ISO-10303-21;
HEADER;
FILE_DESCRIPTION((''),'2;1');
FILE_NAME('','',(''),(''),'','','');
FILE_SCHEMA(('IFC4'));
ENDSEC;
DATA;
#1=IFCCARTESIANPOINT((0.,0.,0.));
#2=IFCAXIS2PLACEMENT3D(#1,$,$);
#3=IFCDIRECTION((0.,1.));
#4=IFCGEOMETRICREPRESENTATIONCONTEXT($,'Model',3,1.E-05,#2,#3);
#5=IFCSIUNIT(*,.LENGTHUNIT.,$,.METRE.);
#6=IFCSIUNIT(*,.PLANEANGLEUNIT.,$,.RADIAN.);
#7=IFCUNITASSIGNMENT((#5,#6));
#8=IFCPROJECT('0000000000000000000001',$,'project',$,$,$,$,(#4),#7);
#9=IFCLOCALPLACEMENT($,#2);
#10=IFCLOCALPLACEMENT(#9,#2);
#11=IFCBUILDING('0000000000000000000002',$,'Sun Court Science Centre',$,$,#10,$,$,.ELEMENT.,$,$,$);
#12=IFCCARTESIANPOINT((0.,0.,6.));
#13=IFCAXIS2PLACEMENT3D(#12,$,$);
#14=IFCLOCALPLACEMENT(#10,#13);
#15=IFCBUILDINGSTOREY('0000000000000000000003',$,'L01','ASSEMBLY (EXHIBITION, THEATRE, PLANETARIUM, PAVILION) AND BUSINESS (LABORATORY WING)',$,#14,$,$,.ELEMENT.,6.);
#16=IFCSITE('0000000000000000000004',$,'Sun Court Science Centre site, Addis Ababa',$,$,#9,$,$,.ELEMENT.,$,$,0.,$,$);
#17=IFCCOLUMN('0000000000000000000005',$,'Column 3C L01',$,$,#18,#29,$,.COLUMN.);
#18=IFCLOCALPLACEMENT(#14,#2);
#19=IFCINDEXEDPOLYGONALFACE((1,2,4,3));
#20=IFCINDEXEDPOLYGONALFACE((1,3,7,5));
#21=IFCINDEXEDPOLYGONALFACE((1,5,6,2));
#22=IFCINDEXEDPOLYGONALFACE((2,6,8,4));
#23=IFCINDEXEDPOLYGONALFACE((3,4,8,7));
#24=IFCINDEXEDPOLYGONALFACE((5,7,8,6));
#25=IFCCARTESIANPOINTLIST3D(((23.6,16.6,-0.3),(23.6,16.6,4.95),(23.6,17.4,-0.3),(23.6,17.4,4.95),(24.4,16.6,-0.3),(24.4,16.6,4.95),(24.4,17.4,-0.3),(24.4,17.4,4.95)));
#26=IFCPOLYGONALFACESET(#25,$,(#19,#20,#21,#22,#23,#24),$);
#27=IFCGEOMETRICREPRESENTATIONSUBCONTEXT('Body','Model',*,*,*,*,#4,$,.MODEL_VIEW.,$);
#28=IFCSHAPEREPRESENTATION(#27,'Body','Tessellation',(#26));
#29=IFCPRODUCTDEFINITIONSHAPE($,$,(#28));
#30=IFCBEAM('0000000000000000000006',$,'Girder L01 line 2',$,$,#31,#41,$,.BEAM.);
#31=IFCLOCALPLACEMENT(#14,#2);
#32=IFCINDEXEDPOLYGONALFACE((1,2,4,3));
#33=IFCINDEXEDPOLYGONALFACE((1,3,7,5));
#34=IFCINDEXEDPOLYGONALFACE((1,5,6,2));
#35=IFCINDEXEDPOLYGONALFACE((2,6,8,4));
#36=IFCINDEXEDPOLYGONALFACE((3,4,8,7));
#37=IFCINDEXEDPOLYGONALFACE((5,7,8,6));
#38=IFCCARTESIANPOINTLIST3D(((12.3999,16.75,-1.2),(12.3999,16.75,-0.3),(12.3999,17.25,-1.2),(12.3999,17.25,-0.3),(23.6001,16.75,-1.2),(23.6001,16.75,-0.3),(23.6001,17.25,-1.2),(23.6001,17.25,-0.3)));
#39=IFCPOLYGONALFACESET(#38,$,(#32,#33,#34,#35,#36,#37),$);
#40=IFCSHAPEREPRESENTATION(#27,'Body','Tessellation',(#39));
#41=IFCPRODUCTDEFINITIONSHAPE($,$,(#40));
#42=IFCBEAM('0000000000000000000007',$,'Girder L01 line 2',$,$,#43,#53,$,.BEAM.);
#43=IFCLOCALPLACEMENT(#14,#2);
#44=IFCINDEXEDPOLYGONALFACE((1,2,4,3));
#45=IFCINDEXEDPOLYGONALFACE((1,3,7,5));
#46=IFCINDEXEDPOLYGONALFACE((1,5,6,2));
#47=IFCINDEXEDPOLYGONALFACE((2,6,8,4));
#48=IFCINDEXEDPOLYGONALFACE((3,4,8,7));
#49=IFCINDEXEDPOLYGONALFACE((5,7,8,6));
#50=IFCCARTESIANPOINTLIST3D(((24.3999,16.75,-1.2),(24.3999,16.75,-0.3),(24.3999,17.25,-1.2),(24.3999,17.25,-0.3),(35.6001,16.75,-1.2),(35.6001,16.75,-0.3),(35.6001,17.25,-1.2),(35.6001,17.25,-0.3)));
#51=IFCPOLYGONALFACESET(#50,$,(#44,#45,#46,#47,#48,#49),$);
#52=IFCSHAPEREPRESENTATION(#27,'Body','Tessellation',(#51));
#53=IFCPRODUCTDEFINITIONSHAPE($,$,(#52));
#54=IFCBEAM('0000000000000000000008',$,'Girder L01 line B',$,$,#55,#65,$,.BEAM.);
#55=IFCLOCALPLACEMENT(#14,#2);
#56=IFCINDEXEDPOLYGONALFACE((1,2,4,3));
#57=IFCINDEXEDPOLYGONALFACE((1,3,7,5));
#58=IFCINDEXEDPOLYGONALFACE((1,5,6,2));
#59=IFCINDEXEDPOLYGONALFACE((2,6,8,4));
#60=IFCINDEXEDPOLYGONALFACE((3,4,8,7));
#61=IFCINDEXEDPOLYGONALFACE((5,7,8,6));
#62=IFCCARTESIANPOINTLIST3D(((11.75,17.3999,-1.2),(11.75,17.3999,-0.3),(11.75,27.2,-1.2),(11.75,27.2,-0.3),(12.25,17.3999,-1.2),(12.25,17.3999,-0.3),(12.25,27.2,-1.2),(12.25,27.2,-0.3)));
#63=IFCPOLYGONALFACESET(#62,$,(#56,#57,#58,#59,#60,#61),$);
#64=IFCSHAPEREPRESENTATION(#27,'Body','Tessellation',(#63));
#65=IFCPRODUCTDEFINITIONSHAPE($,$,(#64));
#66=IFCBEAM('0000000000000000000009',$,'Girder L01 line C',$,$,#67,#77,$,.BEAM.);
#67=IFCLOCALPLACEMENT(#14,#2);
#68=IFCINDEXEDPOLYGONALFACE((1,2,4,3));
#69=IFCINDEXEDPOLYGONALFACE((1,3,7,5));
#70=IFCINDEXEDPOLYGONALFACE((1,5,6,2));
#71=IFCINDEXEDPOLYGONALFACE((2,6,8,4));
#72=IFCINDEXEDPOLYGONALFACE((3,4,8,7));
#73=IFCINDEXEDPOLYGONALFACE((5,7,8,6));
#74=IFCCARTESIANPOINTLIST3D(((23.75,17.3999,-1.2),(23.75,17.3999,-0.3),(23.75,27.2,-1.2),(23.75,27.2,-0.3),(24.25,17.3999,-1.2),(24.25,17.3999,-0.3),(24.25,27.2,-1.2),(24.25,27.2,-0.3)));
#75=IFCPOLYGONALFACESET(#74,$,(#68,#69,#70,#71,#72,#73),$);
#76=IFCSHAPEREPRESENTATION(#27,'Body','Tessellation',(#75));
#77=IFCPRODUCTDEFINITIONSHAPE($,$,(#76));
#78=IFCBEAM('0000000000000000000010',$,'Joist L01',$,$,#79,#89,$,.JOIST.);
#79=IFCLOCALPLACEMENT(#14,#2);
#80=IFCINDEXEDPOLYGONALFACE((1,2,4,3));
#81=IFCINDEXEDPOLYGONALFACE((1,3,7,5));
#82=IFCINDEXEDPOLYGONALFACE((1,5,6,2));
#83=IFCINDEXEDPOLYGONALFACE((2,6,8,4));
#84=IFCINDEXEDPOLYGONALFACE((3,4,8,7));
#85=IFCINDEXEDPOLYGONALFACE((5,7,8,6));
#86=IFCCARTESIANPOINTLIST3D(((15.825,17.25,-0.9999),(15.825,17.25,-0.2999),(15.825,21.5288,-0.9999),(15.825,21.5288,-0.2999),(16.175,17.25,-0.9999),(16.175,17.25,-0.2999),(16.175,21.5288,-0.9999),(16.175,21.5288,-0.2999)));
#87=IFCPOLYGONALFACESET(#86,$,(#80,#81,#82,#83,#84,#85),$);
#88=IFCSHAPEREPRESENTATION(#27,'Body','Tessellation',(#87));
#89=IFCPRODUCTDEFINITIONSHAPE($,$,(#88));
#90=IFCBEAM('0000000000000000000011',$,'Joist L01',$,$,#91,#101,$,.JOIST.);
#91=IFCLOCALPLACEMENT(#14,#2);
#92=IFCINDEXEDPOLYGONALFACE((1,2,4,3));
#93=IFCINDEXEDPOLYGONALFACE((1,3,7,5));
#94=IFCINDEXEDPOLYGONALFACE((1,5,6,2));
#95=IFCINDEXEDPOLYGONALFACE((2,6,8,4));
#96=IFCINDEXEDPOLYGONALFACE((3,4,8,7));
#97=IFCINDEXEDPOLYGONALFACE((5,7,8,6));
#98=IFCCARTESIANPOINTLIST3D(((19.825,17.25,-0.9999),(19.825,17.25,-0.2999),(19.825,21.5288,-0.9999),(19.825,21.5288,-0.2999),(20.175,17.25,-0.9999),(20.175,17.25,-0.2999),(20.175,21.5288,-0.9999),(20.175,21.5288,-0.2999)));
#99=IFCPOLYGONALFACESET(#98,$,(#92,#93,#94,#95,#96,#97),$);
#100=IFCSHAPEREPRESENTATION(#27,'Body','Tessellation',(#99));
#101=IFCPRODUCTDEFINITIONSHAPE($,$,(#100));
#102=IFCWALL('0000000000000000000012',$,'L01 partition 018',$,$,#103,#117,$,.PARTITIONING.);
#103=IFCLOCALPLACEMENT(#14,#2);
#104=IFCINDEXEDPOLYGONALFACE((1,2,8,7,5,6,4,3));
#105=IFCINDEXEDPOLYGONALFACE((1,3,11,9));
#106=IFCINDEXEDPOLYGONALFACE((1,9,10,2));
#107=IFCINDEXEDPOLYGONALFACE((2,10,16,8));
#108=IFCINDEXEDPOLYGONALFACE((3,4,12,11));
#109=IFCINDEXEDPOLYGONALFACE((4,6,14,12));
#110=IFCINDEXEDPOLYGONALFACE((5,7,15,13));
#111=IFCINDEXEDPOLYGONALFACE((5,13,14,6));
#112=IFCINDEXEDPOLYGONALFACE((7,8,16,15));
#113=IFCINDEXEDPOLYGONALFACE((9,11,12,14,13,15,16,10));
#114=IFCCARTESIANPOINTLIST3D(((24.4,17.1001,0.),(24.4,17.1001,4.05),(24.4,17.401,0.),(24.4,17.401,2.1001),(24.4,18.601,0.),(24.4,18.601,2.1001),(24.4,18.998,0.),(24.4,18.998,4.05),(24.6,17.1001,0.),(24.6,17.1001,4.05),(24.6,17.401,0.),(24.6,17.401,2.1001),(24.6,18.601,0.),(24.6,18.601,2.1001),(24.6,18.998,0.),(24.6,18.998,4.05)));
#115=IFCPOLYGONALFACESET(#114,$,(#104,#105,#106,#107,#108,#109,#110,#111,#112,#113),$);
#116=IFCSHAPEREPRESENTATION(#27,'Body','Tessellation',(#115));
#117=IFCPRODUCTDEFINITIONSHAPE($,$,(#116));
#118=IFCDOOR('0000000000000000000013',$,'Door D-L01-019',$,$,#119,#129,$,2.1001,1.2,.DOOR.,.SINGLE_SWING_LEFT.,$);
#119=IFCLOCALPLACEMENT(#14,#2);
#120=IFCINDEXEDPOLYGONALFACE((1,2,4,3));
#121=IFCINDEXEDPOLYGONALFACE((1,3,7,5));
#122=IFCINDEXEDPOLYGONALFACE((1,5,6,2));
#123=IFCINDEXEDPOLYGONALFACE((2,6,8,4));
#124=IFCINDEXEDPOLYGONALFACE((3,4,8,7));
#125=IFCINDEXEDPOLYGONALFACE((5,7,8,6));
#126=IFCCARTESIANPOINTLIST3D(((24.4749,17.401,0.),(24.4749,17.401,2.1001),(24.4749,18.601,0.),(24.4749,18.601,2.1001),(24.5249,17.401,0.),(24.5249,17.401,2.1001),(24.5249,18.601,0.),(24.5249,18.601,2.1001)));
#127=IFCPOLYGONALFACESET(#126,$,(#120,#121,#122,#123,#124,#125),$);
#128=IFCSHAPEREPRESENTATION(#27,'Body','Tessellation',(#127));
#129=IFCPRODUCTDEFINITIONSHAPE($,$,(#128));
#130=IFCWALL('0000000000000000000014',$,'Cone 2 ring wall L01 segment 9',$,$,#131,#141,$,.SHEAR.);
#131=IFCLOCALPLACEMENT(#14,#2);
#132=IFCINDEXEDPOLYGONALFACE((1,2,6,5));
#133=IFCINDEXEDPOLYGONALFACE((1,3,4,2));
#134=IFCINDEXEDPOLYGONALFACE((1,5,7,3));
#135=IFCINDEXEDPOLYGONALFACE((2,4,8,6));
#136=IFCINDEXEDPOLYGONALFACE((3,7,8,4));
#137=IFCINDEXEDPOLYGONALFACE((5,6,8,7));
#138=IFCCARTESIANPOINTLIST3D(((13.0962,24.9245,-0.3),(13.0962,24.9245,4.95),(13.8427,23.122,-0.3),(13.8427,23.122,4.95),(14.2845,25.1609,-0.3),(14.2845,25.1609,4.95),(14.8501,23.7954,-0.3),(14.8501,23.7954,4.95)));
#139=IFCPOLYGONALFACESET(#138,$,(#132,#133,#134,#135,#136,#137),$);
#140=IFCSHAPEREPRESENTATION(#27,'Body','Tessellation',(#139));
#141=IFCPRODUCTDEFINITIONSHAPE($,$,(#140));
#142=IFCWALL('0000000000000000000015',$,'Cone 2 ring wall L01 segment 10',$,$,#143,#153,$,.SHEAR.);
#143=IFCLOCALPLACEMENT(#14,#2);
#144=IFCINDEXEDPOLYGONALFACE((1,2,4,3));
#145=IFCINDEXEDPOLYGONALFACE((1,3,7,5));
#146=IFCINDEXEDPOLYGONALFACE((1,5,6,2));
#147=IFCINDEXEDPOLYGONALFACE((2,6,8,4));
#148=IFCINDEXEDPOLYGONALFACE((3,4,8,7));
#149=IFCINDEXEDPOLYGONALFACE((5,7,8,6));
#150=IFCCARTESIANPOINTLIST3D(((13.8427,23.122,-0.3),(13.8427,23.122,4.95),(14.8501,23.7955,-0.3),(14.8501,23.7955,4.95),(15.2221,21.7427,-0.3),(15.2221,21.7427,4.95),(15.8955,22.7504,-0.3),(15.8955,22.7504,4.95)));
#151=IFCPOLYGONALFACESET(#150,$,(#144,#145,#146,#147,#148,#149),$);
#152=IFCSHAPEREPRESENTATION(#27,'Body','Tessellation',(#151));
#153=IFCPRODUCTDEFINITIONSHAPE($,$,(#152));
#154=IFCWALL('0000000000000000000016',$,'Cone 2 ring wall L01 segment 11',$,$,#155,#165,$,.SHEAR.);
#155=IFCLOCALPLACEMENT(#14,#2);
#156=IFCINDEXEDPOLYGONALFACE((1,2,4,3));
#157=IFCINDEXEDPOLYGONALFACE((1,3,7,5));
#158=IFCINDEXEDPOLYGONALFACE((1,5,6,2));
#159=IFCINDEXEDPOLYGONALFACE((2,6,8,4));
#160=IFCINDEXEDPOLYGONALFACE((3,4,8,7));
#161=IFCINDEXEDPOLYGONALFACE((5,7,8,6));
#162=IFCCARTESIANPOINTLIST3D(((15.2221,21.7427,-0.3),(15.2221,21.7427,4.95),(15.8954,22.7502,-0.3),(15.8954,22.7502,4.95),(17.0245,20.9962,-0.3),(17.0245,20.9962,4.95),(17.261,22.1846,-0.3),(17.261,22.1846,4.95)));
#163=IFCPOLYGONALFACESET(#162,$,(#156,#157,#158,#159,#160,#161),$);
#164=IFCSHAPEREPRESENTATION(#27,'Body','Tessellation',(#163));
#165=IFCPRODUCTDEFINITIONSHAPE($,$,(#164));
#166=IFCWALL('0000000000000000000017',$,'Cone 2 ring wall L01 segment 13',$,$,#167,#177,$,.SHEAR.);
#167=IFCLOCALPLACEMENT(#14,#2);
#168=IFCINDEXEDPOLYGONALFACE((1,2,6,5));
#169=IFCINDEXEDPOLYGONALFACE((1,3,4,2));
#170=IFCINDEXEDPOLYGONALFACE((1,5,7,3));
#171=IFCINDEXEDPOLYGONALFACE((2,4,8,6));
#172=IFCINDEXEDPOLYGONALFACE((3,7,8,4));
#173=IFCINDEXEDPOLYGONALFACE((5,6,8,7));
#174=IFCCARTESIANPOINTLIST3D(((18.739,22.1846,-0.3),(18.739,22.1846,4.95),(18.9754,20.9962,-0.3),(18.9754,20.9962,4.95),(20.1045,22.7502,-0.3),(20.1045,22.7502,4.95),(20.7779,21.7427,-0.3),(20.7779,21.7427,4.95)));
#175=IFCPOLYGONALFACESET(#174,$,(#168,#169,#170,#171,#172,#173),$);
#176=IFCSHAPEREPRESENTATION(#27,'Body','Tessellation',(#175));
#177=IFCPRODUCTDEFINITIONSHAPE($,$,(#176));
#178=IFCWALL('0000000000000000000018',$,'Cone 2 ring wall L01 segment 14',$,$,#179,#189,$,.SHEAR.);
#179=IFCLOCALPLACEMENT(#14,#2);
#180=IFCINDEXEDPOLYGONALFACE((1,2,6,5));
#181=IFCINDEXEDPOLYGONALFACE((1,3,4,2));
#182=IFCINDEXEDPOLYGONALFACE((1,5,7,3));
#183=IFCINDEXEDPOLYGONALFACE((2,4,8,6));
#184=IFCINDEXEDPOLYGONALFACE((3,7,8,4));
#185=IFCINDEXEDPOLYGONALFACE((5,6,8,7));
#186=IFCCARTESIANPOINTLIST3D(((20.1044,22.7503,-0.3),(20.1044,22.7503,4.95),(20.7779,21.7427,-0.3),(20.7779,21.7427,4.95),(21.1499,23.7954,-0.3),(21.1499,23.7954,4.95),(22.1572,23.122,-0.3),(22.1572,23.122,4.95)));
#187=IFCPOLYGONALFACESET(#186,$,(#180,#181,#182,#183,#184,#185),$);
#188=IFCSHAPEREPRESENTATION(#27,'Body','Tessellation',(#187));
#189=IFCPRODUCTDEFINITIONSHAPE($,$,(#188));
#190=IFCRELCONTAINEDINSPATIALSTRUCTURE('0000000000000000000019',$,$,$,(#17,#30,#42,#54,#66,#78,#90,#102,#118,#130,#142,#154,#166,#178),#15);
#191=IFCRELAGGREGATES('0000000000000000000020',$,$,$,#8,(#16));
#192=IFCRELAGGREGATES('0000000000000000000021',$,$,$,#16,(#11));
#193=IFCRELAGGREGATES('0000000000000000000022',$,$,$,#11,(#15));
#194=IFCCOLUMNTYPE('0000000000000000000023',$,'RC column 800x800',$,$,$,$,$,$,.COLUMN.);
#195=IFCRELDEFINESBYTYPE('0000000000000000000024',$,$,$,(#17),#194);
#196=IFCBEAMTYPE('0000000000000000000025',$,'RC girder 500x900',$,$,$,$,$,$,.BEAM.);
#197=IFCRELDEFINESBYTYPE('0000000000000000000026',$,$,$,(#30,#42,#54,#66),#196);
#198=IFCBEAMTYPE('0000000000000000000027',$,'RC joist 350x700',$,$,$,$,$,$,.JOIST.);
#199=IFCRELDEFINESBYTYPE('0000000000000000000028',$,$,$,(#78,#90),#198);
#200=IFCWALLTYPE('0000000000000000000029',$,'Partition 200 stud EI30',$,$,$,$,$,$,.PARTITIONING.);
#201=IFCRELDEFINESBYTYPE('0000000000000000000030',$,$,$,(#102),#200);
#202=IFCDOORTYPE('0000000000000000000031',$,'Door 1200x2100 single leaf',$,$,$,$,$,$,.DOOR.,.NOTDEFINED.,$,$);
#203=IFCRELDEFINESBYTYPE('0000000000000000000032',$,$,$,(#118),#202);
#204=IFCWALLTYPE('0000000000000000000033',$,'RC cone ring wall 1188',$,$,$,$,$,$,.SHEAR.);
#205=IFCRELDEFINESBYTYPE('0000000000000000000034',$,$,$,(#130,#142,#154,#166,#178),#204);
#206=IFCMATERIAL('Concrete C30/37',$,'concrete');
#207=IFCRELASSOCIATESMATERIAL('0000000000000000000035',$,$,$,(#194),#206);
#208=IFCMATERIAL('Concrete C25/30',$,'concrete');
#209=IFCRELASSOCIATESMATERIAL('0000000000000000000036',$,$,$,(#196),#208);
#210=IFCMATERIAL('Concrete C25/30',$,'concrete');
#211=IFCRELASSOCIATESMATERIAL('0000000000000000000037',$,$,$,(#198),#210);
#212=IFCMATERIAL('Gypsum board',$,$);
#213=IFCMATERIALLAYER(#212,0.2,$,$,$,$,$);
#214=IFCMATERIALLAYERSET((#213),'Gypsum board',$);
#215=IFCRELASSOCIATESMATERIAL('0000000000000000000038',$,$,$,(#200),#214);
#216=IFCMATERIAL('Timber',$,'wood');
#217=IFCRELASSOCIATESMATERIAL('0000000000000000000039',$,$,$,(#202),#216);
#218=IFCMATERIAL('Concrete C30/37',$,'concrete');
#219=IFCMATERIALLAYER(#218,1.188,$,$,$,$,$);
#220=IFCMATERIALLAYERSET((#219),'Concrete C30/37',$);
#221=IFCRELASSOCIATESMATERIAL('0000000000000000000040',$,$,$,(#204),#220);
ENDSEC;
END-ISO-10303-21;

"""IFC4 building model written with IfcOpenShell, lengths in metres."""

from ifc_helpers import new_model, si_unit, direction, frame, frame_2d, origin, origin_2d, place, context, subcontext, project, spatial, polyline, rectangle, outline, extrude, material, layer, layer_set, material_profile, profile_set, type_object, element, fill, save


model = new_model("IFC4")

# Units and contexts
model_context = context("Model", 3, precision=1e-05, world=origin(), true_north=direction((0.0, 1.0)))
body_context = subcontext(model_context, "Body", "Model", "MODEL_VIEW")
ifc_project = project(units=[si_unit("LENGTHUNIT", "METRE"), si_unit("PLANEANGLEUNIT", "RADIAN")], contexts=[model_context])

# Site, building, storey
site_placement = place(None, origin())
site = spatial("IfcSite", under=ifc_project, at=site_placement, Name="Sun Court Science Centre site, Addis Ababa", CompositionType="ELEMENT", RefElevation=0.0)
building_placement = place(site_placement, origin())
building = spatial("IfcBuilding", under=site, at=building_placement, Name="Sun Court Science Centre", CompositionType="ELEMENT")
storey_placement = place(building_placement, frame((0.0, 0.0, 6.0)))
storey = spatial("IfcBuildingStorey", under=building, at=storey_placement, Name="L01", Description="ASSEMBLY (EXHIBITION, THEATRE, PLANETARIUM, PAVILION) AND BUSINESS (LABORATORY WING)", CompositionType="ELEMENT", Elevation=6.0)

# Column
ifc_material_1 = material(Name="Concrete C30/37", Category="concrete")
ifc_material_profile_1 = material_profile(ifc_material_1, rectangle(XDim=0.8, YDim=0.8, at=origin_2d()), Name="RC 800x800")
ifc_profile_set_1 = profile_set([ifc_material_profile_1], Name="Concrete C30/37")
column_type = type_object("IfcColumnType", Name="RC column 800x800", PredefinedType="COLUMN", material=ifc_profile_set_1)
column_placement = place(storey_placement, frame((24.0, 17.0, -0.3), z_axis=(0.0, 0.0, 1.0), x_axis=(1.0, 0.0, 0.0)))
element("IfcColumn", 1, at=column_placement, inside=storey, type_object=column_type, Name="Column 3C L01", PredefinedType="COLUMN", context=body_context, shape_type="SweptSolid", body=[
    extrude(rectangle(XDim=0.8, YDim=0.8, at=origin_2d()), origin(), (0.0, 0.0, 1.0), 5.25),
])

# Beams
ifc_material_2 = material(Name="Concrete C25/30", Category="concrete")
ifc_material_profile_2 = material_profile(ifc_material_2, rectangle(XDim=0.5, YDim=0.8999, at=origin_2d()), Name="RC 500x900")
ifc_profile_set_2 = profile_set([ifc_material_profile_2], Name="Concrete C25/30")
beam_type_1 = type_object("IfcBeamType", Name="RC girder 500x900", PredefinedType="BEAM", material=ifc_profile_set_2)
for number, where, z_axis, x_axis, name in (
    (2, (12.3999, 17.0, -0.75), (1.0, 0.0, 0.0), (0.0, 1.0, 0.0), "Girder L01 line 2"),
    (3, (24.3999, 17.0, -0.75), (1.0, 0.0, 0.0), (0.0, 1.0, 0.0), "Girder L01 line 2"),
):
    element("IfcBeam", number, at=place(storey_placement, frame(where, z_axis=z_axis, x_axis=x_axis)), inside=storey, type_object=beam_type_1, Name=name, PredefinedType="BEAM", context=body_context, shape_type="SweptSolid", body=[
        extrude(rectangle(XDim=0.5, YDim=0.8999, at=origin_2d()), origin(), (0.0, 0.0, 1.0), 11.2002),
    ])
for number, where, z_axis, x_axis, name in (
    (4, (12.0, 17.3999, -0.75), (0.0, 1.0, 0.0), (-1.0, 0.0, 0.0), "Girder L01 line B"),
    (5, (24.0, 17.3999, -0.75), (0.0, 1.0, 0.0), (-1.0, 0.0, 0.0), "Girder L01 line C"),
):
    element("IfcBeam", number, at=place(storey_placement, frame(where, z_axis=z_axis, x_axis=x_axis)), inside=storey, type_object=beam_type_1, Name=name, PredefinedType="BEAM", context=body_context, shape_type="SweptSolid", body=[
        extrude(rectangle(XDim=0.5, YDim=0.8999, at=origin_2d()), origin(), (0.0, 0.0, 1.0), 9.8),
    ])
ifc_material_3 = material(Name="Concrete C25/30", Category="concrete")
ifc_material_profile_3 = material_profile(ifc_material_3, rectangle(XDim=0.3501, YDim=0.7, at=origin_2d()), Name="RC 350x700")
ifc_profile_set_3 = profile_set([ifc_material_profile_3], Name="Concrete C25/30")
beam_type_2 = type_object("IfcBeamType", Name="RC joist 350x700", PredefinedType="JOIST", material=ifc_profile_set_3)
for number, where, z_axis, x_axis, name in (
    (6, (16.0, 17.25, -0.6499), (0.0, 1.0, 0.0), (-1.0, 0.0, 0.0), "Joist L01"),
    (7, (20.0, 17.25, -0.6499), (0.0, 1.0, 0.0), (-1.0, 0.0, 0.0), "Joist L01"),
):
    element("IfcBeam", number, at=place(storey_placement, frame(where, z_axis=z_axis, x_axis=x_axis)), inside=storey, type_object=beam_type_2, Name=name, PredefinedType="JOIST", context=body_context, shape_type="SweptSolid", body=[
        extrude(rectangle(XDim=0.3501, YDim=0.7, at=origin_2d()), origin(), (0.0, 0.0, 1.0), 4.2788),
    ])

# Wall, opening, door
ifc_material_4 = material(Name="Gypsum board")
ifc_layer_1 = layer(ifc_material_4, 0.2)
ifc_layer_set_1 = layer_set([ifc_layer_1], Name="Gypsum board")
wall_type_1 = type_object("IfcWallType", Name="Partition 200 stud EI30", PredefinedType="PARTITIONING", material=ifc_layer_set_1)
wall_1_placement = place(storey_placement, frame((24.5, 18.998, 0.0), z_axis=(0.0, 0.0, 1.0), x_axis=(0.0, -1.0, 0.0)))
wall_1 = element("IfcWall", 8, at=wall_1_placement, inside=storey, type_object=wall_type_1, Name="L01 partition 018", PredefinedType="PARTITIONING", context=body_context, shape_type="SweptSolid", body=[
    extrude(rectangle(XDim=1.8979, YDim=0.2, at=frame_2d((0.949, 0.0))), origin(), (0.0, 0.0, 1.0), 4.05),
])
opening_1_placement = place(wall_1_placement, frame((0.397, 0.0, 0.0)))
opening_1 = element("IfcOpeningElement", 9, at=opening_1_placement, cuts=wall_1, PredefinedType="OPENING", context=body_context, shape_type="SweptSolid", body=[
    extrude(rectangle(XDim=1.2, YDim=2.1001, at=frame_2d((0.6001, 1.05))), frame((0.0, 0.1099, 0.0), z_axis=(0.0, -1.0, 0.0), x_axis=(1.0, 0.0, 0.0)), (0.0, 0.0, 1.0), 0.22),
])
ifc_material_5 = material(Name="Timber", Category="wood")
door_type_1 = type_object("IfcDoorType", Name="Door 1200x2100 single leaf", OperationType="NOTDEFINED", PredefinedType="DOOR", material=ifc_material_5)
door_1_placement = place(opening_1_placement, origin())
door_1 = element("IfcDoor", 10, at=door_1_placement, inside=storey, type_object=door_type_1, Name="Door D-L01-019", OperationType="SINGLE_SWING_LEFT", OverallHeight=2.1001, OverallWidth=1.2, PredefinedType="DOOR", context=body_context, shape_type="SweptSolid", body=[
    extrude(rectangle(XDim=1.2, YDim=2.1001, at=frame_2d((0.6001, 1.05))), frame((0.0, 0.0249, 0.0), z_axis=(0.0, -1.0, 0.0), x_axis=(1.0, 0.0, 0.0)), (0.0, 0.0, 1.0), 0.05),
])
fill(opening_1, door_1)

# Walls
ifc_material_6 = material(Name="Concrete C30/37", Category="concrete")
ifc_layer_2 = layer(ifc_material_6, 1.188)
ifc_layer_set_2 = layer_set([ifc_layer_2], Name="Concrete C30/37")
wall_type_2 = type_object("IfcWallType", Name="RC cone ring wall 1188", PredefinedType="SHEAR", material=ifc_layer_set_2)
wall_2_placement = place(storey_placement, frame((13.645, 25.1519, -0.3), z_axis=(0.0, 0.0, 1.0), x_axis=(0.382713, -0.923867, 0.0)))
element("IfcWall", 11, at=wall_2_placement, inside=storey, type_object=wall_type_2, Name="Cone 2 ring wall L01 segment 9", PredefinedType="SHEAR", context=body_context, shape_type="SweptSolid", body=[
    extrude(outline(polyline([(0.0, -0.594), (1.9509, -0.5942), (1.7144, 0.5942), (0.2363, 0.5942), (0.0, -0.594)])), origin(), (0.0, 0.0, 1.0), 5.25),
])
wall_3_placement = place(storey_placement, frame((14.2629, 23.5422, -0.3), z_axis=(0.0, 0.0, 1.0), x_axis=(0.707107, -0.707107, 0.0)))
element("IfcWall", 12, at=wall_3_placement, inside=storey, type_object=wall_type_2, Name="Cone 2 ring wall L01 segment 10", PredefinedType="SHEAR", context=body_context, shape_type="SweptSolid", body=[
    extrude(outline(polyline([(0.0, -0.5942), (1.9507, -0.5942), (1.7144, 0.5945), (0.2361, 0.5942), (0.0, -0.5942)])), origin(), (0.0, 0.0, 1.0), 5.25),
])
wall_4_placement = place(storey_placement, frame((15.4495, 22.2917, -0.3), z_axis=(0.0, 0.0, 1.0), x_axis=(0.923886, -0.382669, 0.0)))
element("IfcWall", 13, at=wall_4_placement, inside=storey, type_object=wall_type_2, Name="Cone 2 ring wall L01 segment 11", PredefinedType="SHEAR", context=body_context, shape_type="SweptSolid", body=[
    extrude(outline(polyline([(0.0, -0.5942), (1.9509, -0.5942), (1.7146, 0.5942), (0.2366, 0.5942), (0.0, -0.5942)])), origin(), (0.0, 0.0, 1.0), 5.25),
])
wall_5_placement = place(storey_placement, frame((18.748, 21.5452, -0.3), z_axis=(0.0, 0.0, 1.0), x_axis=(0.923886, 0.382669, 0.0)))
element("IfcWall", 14, at=wall_5_placement, inside=storey, type_object=wall_type_2, Name="Cone 2 ring wall L01 segment 13", PredefinedType="SHEAR", context=body_context, shape_type="SweptSolid", body=[
    extrude(outline(polyline([(0.0, -0.5942), (1.9509, -0.5942), (1.7144, 0.5942), (0.2363, 0.5942), (0.0, -0.5942)])), origin(), (0.0, 0.0, 1.0), 5.25),
])
wall_6_placement = place(storey_placement, frame((20.3577, 22.1628, -0.3), z_axis=(0.0, 0.0, 1.0), x_axis=(0.707107, 0.707107, 0.0)))
element("IfcWall", 15, at=wall_6_placement, inside=storey, type_object=wall_type_2, Name="Cone 2 ring wall L01 segment 14", PredefinedType="SHEAR", context=body_context, shape_type="SweptSolid", body=[
    extrude(outline(polyline([(0.0, -0.5942), (1.9507, -0.5942), (1.7146, 0.5942), (0.2363, 0.5945), (0.0, -0.5942)])), origin(), (0.0, 0.0, 1.0), 5.25),
])

save(model, "model.ifc")
